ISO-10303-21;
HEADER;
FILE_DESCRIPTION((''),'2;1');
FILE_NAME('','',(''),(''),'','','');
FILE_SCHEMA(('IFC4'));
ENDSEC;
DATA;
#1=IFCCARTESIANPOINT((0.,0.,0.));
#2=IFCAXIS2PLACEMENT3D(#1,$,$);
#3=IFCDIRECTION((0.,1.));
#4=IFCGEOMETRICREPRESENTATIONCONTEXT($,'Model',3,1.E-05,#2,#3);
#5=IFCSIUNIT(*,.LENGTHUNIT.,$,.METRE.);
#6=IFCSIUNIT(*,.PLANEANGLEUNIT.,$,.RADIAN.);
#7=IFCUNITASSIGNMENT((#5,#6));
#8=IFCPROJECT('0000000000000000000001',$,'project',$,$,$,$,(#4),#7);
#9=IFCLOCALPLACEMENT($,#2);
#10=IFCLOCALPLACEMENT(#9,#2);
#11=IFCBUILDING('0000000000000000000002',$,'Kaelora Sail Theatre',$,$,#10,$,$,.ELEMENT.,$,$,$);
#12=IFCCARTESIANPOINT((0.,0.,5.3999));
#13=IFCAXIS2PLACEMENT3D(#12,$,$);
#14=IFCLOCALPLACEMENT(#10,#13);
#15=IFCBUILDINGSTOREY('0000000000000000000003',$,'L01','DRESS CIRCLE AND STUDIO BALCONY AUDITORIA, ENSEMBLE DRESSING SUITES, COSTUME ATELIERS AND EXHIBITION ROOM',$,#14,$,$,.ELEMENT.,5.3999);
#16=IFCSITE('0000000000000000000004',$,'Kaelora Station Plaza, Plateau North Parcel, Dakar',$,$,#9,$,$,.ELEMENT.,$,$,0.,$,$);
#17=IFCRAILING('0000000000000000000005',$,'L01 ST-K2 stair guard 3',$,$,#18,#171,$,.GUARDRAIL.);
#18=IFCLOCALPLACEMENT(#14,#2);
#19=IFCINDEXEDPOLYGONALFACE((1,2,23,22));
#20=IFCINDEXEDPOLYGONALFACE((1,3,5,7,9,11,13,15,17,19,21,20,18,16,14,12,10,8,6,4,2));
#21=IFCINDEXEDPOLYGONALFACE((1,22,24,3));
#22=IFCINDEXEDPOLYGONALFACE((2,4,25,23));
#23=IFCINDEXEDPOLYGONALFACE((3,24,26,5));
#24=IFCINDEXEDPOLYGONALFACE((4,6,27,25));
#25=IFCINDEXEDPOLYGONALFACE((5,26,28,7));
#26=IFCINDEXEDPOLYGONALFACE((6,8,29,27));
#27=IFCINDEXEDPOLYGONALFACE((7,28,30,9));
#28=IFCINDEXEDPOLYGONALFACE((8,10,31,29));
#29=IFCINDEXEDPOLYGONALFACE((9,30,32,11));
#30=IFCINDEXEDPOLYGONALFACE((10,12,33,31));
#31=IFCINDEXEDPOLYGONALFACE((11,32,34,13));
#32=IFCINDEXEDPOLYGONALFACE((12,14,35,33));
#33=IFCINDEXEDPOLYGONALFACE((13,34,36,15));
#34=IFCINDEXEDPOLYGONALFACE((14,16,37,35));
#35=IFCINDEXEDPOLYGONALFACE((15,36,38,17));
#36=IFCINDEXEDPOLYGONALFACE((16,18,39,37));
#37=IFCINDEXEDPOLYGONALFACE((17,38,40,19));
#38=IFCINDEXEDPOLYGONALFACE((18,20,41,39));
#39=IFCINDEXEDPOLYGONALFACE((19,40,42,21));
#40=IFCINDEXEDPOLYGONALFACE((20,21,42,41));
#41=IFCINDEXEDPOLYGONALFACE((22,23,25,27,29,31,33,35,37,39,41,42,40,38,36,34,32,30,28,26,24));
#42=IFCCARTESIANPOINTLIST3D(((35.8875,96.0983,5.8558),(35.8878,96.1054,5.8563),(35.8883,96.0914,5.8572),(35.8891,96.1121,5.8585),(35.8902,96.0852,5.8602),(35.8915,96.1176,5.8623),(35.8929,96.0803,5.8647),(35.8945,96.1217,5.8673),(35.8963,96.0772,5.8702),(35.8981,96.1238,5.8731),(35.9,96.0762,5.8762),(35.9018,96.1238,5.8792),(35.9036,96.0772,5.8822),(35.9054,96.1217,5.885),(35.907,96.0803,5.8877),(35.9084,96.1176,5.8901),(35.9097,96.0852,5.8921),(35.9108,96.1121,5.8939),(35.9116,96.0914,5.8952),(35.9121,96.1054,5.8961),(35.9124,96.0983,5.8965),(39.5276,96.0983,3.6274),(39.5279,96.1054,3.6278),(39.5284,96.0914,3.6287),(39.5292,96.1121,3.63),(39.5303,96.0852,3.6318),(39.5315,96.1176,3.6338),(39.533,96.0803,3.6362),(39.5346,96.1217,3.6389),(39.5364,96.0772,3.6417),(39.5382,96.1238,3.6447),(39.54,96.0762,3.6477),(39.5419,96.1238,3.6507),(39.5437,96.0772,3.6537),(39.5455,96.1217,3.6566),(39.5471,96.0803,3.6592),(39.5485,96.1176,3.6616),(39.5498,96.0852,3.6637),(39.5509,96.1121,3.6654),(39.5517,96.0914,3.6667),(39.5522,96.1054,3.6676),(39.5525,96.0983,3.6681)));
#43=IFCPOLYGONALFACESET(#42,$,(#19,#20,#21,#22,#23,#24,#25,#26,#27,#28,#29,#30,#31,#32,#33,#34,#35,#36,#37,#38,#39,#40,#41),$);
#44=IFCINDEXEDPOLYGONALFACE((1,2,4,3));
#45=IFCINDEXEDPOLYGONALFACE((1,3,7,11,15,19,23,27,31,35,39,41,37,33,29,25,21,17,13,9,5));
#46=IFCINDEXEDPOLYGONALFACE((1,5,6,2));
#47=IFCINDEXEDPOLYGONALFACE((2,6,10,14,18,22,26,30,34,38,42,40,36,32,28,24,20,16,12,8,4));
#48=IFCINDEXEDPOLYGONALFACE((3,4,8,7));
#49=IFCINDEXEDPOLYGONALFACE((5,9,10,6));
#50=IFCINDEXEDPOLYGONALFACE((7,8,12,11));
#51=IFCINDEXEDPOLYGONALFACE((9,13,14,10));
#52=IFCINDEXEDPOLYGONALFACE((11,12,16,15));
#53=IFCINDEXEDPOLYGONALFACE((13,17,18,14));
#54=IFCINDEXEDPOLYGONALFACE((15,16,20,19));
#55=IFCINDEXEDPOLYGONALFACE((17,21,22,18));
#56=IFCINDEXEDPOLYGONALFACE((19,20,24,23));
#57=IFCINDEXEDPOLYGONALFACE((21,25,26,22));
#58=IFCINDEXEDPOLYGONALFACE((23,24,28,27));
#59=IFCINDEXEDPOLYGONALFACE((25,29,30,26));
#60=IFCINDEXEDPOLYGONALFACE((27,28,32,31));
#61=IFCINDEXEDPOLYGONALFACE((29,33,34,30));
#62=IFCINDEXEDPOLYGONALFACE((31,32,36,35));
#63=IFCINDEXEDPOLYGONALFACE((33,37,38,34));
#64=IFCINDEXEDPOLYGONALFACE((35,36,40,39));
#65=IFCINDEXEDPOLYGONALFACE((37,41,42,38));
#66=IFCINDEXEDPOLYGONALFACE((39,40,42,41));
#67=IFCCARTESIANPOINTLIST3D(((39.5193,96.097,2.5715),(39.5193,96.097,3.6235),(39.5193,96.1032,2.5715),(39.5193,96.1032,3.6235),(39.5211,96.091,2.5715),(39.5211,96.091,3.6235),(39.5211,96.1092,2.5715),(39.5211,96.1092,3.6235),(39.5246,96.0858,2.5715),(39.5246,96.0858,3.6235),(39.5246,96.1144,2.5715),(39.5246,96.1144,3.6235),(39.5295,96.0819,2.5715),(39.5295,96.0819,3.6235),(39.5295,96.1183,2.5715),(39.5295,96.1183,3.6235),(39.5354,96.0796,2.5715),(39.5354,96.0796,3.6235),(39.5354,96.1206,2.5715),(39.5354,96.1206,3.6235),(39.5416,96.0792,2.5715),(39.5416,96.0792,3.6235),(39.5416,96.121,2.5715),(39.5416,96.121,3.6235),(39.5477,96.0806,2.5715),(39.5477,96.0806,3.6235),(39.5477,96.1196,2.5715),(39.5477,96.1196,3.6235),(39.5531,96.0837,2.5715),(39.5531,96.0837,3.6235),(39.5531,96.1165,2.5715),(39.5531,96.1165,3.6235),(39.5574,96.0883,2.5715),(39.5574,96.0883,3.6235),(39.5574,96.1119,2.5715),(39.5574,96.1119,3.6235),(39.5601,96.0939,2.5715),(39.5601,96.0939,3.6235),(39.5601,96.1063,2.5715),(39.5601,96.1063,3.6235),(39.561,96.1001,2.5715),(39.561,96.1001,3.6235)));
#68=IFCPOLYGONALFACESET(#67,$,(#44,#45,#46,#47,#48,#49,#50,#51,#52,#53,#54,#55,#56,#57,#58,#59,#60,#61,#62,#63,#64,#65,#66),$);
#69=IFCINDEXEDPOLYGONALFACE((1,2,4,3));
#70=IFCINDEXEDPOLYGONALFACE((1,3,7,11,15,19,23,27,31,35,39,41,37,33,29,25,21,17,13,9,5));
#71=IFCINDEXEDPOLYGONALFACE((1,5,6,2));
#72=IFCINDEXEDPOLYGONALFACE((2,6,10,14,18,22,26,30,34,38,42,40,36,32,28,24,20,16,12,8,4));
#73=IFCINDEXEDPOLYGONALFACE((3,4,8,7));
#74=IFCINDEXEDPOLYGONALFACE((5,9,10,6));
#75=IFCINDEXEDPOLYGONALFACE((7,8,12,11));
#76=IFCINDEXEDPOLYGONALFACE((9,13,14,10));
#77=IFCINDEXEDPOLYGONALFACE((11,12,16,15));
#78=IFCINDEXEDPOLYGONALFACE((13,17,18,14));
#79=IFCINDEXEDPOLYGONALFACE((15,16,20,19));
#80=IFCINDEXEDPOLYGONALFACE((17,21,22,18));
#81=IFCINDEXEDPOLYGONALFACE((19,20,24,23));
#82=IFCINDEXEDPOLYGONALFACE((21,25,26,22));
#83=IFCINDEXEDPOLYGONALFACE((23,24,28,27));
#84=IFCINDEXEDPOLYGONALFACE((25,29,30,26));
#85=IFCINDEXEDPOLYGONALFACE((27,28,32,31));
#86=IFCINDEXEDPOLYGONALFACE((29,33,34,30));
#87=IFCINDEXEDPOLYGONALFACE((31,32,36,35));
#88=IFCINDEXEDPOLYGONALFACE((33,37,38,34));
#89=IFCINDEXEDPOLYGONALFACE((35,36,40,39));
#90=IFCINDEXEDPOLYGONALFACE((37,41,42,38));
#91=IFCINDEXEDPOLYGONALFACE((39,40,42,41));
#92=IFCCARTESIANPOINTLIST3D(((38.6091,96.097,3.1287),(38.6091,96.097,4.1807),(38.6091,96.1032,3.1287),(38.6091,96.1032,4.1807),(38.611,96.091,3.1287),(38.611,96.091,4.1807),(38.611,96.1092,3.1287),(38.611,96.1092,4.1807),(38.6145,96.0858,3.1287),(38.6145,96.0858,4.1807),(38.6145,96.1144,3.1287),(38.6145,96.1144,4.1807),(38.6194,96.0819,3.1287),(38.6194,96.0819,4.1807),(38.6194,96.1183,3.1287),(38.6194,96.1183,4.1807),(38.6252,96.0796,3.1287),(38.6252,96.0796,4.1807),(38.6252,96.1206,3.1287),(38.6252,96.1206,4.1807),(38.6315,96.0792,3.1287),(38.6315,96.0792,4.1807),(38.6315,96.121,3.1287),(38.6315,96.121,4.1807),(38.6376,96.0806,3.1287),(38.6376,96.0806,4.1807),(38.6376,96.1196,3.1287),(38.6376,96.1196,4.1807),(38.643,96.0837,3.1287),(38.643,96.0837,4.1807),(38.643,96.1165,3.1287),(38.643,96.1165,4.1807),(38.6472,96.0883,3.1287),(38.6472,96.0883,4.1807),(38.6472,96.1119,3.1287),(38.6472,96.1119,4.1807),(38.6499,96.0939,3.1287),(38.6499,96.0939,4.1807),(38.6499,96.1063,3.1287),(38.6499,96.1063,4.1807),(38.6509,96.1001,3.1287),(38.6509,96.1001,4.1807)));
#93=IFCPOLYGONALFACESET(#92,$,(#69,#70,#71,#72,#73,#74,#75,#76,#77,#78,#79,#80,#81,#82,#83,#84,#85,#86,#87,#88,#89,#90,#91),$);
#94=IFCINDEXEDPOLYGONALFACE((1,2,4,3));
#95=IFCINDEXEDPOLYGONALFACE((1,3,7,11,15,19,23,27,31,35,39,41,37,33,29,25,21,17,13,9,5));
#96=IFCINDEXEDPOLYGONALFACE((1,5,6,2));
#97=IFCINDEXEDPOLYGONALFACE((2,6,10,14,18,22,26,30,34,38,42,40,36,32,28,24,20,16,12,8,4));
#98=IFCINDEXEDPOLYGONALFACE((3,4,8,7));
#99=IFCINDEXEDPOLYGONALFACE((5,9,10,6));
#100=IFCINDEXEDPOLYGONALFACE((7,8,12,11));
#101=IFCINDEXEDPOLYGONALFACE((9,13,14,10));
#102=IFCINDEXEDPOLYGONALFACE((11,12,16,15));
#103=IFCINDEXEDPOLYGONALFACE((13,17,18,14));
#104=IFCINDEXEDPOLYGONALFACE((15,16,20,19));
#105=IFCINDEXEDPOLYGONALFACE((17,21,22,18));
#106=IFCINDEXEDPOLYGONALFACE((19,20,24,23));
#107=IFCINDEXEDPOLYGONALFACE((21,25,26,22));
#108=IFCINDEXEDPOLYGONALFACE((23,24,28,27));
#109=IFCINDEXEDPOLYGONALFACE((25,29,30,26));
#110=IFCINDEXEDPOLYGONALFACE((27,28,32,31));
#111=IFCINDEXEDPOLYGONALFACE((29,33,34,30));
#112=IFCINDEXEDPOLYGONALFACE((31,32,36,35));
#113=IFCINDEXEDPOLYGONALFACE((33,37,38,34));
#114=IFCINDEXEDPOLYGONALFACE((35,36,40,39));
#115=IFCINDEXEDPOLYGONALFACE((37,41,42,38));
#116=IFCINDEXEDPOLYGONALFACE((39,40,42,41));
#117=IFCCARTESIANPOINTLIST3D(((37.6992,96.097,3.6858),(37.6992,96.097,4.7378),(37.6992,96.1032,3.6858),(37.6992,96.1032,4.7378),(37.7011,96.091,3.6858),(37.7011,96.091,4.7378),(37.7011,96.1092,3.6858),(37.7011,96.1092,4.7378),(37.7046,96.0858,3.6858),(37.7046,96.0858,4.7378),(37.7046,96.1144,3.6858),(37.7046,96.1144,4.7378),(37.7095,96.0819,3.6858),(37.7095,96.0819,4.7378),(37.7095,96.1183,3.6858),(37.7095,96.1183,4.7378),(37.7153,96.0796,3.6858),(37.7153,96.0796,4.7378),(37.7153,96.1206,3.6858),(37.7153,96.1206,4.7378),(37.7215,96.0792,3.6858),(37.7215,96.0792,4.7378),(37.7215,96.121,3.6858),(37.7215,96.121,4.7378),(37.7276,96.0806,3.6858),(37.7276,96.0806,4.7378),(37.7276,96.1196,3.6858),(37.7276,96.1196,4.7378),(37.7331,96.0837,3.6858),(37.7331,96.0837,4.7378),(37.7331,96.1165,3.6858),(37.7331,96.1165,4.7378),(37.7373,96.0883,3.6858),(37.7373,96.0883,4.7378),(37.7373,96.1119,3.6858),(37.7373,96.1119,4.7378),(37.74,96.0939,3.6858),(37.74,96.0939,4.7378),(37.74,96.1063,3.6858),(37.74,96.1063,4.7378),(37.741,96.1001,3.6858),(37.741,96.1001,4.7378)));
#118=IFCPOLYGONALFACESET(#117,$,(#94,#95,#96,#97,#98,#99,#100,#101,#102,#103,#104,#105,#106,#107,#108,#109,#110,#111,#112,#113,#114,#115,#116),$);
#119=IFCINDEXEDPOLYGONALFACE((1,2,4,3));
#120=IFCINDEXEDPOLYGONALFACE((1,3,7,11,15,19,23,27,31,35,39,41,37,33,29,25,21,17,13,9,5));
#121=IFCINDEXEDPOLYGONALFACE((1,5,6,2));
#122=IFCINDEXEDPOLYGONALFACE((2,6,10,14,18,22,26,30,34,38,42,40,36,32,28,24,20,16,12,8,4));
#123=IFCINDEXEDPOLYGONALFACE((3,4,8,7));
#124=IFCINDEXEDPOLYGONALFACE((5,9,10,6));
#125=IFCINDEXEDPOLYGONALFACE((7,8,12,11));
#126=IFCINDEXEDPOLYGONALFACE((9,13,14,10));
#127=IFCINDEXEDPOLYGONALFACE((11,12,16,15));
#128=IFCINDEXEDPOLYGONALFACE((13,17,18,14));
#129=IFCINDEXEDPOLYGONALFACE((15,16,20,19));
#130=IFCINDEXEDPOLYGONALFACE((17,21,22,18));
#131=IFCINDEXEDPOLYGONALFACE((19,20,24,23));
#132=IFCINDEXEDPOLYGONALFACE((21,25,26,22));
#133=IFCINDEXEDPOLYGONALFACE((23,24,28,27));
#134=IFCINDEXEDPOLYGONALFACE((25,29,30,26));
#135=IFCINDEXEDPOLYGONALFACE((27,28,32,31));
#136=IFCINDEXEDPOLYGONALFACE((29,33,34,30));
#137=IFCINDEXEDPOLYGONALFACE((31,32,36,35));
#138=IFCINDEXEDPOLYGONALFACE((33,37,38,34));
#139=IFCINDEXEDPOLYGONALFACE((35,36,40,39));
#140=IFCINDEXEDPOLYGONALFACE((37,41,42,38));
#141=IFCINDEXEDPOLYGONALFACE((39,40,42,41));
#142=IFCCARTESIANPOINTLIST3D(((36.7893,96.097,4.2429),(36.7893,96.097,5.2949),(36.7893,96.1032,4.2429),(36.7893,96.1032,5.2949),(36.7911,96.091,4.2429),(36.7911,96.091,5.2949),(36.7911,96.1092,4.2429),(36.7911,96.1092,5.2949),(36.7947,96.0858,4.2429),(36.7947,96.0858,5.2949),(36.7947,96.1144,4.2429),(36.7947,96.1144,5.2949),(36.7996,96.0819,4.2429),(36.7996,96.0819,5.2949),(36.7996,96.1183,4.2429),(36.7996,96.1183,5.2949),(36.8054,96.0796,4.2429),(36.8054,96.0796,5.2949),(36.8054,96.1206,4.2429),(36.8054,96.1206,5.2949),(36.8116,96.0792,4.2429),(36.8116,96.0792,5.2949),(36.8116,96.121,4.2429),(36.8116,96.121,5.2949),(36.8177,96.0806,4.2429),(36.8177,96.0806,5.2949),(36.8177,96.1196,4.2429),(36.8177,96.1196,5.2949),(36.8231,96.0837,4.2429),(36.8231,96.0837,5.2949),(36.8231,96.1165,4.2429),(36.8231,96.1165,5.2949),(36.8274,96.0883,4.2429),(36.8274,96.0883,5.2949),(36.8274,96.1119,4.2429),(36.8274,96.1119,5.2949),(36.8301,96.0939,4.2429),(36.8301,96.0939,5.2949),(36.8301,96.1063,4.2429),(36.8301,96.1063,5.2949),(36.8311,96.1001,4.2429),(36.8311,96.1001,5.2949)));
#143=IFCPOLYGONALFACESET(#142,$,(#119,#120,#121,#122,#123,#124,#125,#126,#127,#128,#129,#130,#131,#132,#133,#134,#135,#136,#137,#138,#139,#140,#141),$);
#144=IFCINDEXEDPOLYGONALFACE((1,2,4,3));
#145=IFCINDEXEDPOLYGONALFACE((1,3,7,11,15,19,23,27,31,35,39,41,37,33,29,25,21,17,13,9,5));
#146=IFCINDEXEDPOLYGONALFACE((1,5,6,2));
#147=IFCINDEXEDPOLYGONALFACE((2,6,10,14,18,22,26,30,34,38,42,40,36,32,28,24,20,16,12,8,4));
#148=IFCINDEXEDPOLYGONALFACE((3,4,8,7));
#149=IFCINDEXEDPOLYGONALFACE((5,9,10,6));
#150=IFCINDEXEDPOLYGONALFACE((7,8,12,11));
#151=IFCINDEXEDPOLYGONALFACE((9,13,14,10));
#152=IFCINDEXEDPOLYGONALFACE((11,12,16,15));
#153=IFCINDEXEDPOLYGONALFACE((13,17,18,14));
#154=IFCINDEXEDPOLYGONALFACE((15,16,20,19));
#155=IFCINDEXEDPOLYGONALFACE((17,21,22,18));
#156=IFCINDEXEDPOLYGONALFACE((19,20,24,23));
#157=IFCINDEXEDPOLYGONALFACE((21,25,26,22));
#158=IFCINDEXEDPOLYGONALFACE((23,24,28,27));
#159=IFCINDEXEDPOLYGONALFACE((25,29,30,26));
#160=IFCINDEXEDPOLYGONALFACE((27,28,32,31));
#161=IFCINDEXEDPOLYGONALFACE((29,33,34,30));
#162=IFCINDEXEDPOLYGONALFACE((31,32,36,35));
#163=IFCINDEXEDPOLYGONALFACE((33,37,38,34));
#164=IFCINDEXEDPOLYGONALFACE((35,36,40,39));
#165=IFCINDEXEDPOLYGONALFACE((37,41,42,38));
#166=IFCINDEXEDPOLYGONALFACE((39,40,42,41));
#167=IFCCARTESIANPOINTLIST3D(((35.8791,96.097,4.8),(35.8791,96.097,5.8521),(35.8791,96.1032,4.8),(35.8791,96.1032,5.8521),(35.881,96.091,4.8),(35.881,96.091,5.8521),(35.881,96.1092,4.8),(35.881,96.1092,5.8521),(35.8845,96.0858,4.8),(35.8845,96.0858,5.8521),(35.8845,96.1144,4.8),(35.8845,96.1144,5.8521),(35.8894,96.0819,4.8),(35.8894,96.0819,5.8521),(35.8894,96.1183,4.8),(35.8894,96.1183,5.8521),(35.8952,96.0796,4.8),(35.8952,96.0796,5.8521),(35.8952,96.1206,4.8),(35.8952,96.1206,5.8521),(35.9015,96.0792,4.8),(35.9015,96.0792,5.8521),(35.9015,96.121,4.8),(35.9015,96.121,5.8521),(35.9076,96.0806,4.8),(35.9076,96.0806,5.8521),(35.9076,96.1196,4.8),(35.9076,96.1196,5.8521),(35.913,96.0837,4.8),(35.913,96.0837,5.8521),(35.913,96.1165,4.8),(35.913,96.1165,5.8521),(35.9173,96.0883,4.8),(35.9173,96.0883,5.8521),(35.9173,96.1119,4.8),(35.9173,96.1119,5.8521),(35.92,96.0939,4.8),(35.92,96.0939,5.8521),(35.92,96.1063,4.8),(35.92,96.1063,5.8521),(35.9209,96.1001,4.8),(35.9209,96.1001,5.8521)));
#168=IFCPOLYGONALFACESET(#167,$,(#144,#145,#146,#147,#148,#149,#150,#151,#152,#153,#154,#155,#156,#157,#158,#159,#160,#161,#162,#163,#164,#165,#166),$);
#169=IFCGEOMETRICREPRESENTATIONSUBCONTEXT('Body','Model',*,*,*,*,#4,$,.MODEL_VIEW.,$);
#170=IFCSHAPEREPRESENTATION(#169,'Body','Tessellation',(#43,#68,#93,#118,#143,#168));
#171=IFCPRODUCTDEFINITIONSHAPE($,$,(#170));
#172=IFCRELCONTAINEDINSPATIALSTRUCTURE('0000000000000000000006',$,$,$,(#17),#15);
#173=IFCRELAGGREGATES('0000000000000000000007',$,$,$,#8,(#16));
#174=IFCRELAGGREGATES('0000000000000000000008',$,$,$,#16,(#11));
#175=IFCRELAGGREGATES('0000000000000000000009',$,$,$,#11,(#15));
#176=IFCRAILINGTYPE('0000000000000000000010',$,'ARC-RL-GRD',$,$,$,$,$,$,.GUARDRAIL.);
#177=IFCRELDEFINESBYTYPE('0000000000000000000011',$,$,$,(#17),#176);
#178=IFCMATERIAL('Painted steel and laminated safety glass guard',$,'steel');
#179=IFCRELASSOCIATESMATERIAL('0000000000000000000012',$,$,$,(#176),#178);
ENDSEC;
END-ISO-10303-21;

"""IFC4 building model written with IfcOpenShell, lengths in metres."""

from ifc_helpers import new_model, si_unit, direction, frame, origin, origin_2d, place, context, subcontext, project, spatial, circle, extrude, material, type_object, element, save


model = new_model("IFC4")

# Units and contexts
model_context = context("Model", 3, precision=1e-05, world=origin(), true_north=direction((0.0, 1.0)))
body_context = subcontext(model_context, "Body", "Model", "MODEL_VIEW")
ifc_project = project(units=[si_unit("LENGTHUNIT", "METRE"), si_unit("PLANEANGLEUNIT", "RADIAN")], contexts=[model_context])

# Site, building, storey
site_placement = place(None, origin())
site = spatial("IfcSite", under=ifc_project, at=site_placement, Name="Kaelora Station Plaza, Plateau North Parcel, Dakar", CompositionType="ELEMENT", RefElevation=0.0)
building_placement = place(site_placement, origin())
building = spatial("IfcBuilding", under=site, at=building_placement, Name="Kaelora Sail Theatre", CompositionType="ELEMENT")
storey_placement = place(building_placement, frame((0.0, 0.0, 5.3999)))
storey = spatial("IfcBuildingStorey", under=building, at=storey_placement, Name="L01", Description="DRESS CIRCLE AND STUDIO BALCONY AUDITORIA, ENSEMBLE DRESSING SUITES, COSTUME ATELIERS AND EXHIBITION ROOM", CompositionType="ELEMENT", Elevation=5.3999)

# Railing
ifc_material_1 = material(Name="Painted steel and laminated safety glass guard", Category="steel")
railing_type_1 = type_object("IfcRailingType", Name="ARC-RL-GRD", PredefinedType="GUARDRAIL", material=ifc_material_1)
railing_1_placement = place(storey_placement, frame((39.54, 96.1001, 2.5715)))
element("IfcRailing", 1, at=railing_1_placement, inside=storey, type_object=railing_type_1, Name="L01 ST-K2 stair guard 3", PredefinedType="GUARDRAIL", context=body_context, shape_type="SweptSolid", body=[
    extrude(circle(Radius=0.0239, at=origin_2d()), frame((0.0, 0.0, 1.0762), z_axis=(-0.852866, 0.0, 0.52213), x_axis=(0.0, -1.0, 0.0)), (0.0, 0.0, 1.0), 4.2681),
    extrude(circle(Radius=0.021, at=origin_2d()), origin(), (0.0, 0.0, 1.0), 1.052),
    extrude(circle(Radius=0.021, at=origin_2d()), frame((-0.9102, 0.0, 0.5571)), (0.0, 0.0, 1.0), 1.052),
    extrude(circle(Radius=0.021, at=origin_2d()), frame((-1.8201, 0.0, 1.1143)), (0.0, 0.0, 1.0), 1.052),
    extrude(circle(Radius=0.021, at=origin_2d()), frame((-2.73, 0.0, 1.6714)), (0.0, 0.0, 1.0), 1.052),
    extrude(circle(Radius=0.021, at=origin_2d()), frame((-3.6401, 0.0, 2.2285)), (0.0, 0.0, 1.0), 1.052),
])

save(model, "model.ifc")
